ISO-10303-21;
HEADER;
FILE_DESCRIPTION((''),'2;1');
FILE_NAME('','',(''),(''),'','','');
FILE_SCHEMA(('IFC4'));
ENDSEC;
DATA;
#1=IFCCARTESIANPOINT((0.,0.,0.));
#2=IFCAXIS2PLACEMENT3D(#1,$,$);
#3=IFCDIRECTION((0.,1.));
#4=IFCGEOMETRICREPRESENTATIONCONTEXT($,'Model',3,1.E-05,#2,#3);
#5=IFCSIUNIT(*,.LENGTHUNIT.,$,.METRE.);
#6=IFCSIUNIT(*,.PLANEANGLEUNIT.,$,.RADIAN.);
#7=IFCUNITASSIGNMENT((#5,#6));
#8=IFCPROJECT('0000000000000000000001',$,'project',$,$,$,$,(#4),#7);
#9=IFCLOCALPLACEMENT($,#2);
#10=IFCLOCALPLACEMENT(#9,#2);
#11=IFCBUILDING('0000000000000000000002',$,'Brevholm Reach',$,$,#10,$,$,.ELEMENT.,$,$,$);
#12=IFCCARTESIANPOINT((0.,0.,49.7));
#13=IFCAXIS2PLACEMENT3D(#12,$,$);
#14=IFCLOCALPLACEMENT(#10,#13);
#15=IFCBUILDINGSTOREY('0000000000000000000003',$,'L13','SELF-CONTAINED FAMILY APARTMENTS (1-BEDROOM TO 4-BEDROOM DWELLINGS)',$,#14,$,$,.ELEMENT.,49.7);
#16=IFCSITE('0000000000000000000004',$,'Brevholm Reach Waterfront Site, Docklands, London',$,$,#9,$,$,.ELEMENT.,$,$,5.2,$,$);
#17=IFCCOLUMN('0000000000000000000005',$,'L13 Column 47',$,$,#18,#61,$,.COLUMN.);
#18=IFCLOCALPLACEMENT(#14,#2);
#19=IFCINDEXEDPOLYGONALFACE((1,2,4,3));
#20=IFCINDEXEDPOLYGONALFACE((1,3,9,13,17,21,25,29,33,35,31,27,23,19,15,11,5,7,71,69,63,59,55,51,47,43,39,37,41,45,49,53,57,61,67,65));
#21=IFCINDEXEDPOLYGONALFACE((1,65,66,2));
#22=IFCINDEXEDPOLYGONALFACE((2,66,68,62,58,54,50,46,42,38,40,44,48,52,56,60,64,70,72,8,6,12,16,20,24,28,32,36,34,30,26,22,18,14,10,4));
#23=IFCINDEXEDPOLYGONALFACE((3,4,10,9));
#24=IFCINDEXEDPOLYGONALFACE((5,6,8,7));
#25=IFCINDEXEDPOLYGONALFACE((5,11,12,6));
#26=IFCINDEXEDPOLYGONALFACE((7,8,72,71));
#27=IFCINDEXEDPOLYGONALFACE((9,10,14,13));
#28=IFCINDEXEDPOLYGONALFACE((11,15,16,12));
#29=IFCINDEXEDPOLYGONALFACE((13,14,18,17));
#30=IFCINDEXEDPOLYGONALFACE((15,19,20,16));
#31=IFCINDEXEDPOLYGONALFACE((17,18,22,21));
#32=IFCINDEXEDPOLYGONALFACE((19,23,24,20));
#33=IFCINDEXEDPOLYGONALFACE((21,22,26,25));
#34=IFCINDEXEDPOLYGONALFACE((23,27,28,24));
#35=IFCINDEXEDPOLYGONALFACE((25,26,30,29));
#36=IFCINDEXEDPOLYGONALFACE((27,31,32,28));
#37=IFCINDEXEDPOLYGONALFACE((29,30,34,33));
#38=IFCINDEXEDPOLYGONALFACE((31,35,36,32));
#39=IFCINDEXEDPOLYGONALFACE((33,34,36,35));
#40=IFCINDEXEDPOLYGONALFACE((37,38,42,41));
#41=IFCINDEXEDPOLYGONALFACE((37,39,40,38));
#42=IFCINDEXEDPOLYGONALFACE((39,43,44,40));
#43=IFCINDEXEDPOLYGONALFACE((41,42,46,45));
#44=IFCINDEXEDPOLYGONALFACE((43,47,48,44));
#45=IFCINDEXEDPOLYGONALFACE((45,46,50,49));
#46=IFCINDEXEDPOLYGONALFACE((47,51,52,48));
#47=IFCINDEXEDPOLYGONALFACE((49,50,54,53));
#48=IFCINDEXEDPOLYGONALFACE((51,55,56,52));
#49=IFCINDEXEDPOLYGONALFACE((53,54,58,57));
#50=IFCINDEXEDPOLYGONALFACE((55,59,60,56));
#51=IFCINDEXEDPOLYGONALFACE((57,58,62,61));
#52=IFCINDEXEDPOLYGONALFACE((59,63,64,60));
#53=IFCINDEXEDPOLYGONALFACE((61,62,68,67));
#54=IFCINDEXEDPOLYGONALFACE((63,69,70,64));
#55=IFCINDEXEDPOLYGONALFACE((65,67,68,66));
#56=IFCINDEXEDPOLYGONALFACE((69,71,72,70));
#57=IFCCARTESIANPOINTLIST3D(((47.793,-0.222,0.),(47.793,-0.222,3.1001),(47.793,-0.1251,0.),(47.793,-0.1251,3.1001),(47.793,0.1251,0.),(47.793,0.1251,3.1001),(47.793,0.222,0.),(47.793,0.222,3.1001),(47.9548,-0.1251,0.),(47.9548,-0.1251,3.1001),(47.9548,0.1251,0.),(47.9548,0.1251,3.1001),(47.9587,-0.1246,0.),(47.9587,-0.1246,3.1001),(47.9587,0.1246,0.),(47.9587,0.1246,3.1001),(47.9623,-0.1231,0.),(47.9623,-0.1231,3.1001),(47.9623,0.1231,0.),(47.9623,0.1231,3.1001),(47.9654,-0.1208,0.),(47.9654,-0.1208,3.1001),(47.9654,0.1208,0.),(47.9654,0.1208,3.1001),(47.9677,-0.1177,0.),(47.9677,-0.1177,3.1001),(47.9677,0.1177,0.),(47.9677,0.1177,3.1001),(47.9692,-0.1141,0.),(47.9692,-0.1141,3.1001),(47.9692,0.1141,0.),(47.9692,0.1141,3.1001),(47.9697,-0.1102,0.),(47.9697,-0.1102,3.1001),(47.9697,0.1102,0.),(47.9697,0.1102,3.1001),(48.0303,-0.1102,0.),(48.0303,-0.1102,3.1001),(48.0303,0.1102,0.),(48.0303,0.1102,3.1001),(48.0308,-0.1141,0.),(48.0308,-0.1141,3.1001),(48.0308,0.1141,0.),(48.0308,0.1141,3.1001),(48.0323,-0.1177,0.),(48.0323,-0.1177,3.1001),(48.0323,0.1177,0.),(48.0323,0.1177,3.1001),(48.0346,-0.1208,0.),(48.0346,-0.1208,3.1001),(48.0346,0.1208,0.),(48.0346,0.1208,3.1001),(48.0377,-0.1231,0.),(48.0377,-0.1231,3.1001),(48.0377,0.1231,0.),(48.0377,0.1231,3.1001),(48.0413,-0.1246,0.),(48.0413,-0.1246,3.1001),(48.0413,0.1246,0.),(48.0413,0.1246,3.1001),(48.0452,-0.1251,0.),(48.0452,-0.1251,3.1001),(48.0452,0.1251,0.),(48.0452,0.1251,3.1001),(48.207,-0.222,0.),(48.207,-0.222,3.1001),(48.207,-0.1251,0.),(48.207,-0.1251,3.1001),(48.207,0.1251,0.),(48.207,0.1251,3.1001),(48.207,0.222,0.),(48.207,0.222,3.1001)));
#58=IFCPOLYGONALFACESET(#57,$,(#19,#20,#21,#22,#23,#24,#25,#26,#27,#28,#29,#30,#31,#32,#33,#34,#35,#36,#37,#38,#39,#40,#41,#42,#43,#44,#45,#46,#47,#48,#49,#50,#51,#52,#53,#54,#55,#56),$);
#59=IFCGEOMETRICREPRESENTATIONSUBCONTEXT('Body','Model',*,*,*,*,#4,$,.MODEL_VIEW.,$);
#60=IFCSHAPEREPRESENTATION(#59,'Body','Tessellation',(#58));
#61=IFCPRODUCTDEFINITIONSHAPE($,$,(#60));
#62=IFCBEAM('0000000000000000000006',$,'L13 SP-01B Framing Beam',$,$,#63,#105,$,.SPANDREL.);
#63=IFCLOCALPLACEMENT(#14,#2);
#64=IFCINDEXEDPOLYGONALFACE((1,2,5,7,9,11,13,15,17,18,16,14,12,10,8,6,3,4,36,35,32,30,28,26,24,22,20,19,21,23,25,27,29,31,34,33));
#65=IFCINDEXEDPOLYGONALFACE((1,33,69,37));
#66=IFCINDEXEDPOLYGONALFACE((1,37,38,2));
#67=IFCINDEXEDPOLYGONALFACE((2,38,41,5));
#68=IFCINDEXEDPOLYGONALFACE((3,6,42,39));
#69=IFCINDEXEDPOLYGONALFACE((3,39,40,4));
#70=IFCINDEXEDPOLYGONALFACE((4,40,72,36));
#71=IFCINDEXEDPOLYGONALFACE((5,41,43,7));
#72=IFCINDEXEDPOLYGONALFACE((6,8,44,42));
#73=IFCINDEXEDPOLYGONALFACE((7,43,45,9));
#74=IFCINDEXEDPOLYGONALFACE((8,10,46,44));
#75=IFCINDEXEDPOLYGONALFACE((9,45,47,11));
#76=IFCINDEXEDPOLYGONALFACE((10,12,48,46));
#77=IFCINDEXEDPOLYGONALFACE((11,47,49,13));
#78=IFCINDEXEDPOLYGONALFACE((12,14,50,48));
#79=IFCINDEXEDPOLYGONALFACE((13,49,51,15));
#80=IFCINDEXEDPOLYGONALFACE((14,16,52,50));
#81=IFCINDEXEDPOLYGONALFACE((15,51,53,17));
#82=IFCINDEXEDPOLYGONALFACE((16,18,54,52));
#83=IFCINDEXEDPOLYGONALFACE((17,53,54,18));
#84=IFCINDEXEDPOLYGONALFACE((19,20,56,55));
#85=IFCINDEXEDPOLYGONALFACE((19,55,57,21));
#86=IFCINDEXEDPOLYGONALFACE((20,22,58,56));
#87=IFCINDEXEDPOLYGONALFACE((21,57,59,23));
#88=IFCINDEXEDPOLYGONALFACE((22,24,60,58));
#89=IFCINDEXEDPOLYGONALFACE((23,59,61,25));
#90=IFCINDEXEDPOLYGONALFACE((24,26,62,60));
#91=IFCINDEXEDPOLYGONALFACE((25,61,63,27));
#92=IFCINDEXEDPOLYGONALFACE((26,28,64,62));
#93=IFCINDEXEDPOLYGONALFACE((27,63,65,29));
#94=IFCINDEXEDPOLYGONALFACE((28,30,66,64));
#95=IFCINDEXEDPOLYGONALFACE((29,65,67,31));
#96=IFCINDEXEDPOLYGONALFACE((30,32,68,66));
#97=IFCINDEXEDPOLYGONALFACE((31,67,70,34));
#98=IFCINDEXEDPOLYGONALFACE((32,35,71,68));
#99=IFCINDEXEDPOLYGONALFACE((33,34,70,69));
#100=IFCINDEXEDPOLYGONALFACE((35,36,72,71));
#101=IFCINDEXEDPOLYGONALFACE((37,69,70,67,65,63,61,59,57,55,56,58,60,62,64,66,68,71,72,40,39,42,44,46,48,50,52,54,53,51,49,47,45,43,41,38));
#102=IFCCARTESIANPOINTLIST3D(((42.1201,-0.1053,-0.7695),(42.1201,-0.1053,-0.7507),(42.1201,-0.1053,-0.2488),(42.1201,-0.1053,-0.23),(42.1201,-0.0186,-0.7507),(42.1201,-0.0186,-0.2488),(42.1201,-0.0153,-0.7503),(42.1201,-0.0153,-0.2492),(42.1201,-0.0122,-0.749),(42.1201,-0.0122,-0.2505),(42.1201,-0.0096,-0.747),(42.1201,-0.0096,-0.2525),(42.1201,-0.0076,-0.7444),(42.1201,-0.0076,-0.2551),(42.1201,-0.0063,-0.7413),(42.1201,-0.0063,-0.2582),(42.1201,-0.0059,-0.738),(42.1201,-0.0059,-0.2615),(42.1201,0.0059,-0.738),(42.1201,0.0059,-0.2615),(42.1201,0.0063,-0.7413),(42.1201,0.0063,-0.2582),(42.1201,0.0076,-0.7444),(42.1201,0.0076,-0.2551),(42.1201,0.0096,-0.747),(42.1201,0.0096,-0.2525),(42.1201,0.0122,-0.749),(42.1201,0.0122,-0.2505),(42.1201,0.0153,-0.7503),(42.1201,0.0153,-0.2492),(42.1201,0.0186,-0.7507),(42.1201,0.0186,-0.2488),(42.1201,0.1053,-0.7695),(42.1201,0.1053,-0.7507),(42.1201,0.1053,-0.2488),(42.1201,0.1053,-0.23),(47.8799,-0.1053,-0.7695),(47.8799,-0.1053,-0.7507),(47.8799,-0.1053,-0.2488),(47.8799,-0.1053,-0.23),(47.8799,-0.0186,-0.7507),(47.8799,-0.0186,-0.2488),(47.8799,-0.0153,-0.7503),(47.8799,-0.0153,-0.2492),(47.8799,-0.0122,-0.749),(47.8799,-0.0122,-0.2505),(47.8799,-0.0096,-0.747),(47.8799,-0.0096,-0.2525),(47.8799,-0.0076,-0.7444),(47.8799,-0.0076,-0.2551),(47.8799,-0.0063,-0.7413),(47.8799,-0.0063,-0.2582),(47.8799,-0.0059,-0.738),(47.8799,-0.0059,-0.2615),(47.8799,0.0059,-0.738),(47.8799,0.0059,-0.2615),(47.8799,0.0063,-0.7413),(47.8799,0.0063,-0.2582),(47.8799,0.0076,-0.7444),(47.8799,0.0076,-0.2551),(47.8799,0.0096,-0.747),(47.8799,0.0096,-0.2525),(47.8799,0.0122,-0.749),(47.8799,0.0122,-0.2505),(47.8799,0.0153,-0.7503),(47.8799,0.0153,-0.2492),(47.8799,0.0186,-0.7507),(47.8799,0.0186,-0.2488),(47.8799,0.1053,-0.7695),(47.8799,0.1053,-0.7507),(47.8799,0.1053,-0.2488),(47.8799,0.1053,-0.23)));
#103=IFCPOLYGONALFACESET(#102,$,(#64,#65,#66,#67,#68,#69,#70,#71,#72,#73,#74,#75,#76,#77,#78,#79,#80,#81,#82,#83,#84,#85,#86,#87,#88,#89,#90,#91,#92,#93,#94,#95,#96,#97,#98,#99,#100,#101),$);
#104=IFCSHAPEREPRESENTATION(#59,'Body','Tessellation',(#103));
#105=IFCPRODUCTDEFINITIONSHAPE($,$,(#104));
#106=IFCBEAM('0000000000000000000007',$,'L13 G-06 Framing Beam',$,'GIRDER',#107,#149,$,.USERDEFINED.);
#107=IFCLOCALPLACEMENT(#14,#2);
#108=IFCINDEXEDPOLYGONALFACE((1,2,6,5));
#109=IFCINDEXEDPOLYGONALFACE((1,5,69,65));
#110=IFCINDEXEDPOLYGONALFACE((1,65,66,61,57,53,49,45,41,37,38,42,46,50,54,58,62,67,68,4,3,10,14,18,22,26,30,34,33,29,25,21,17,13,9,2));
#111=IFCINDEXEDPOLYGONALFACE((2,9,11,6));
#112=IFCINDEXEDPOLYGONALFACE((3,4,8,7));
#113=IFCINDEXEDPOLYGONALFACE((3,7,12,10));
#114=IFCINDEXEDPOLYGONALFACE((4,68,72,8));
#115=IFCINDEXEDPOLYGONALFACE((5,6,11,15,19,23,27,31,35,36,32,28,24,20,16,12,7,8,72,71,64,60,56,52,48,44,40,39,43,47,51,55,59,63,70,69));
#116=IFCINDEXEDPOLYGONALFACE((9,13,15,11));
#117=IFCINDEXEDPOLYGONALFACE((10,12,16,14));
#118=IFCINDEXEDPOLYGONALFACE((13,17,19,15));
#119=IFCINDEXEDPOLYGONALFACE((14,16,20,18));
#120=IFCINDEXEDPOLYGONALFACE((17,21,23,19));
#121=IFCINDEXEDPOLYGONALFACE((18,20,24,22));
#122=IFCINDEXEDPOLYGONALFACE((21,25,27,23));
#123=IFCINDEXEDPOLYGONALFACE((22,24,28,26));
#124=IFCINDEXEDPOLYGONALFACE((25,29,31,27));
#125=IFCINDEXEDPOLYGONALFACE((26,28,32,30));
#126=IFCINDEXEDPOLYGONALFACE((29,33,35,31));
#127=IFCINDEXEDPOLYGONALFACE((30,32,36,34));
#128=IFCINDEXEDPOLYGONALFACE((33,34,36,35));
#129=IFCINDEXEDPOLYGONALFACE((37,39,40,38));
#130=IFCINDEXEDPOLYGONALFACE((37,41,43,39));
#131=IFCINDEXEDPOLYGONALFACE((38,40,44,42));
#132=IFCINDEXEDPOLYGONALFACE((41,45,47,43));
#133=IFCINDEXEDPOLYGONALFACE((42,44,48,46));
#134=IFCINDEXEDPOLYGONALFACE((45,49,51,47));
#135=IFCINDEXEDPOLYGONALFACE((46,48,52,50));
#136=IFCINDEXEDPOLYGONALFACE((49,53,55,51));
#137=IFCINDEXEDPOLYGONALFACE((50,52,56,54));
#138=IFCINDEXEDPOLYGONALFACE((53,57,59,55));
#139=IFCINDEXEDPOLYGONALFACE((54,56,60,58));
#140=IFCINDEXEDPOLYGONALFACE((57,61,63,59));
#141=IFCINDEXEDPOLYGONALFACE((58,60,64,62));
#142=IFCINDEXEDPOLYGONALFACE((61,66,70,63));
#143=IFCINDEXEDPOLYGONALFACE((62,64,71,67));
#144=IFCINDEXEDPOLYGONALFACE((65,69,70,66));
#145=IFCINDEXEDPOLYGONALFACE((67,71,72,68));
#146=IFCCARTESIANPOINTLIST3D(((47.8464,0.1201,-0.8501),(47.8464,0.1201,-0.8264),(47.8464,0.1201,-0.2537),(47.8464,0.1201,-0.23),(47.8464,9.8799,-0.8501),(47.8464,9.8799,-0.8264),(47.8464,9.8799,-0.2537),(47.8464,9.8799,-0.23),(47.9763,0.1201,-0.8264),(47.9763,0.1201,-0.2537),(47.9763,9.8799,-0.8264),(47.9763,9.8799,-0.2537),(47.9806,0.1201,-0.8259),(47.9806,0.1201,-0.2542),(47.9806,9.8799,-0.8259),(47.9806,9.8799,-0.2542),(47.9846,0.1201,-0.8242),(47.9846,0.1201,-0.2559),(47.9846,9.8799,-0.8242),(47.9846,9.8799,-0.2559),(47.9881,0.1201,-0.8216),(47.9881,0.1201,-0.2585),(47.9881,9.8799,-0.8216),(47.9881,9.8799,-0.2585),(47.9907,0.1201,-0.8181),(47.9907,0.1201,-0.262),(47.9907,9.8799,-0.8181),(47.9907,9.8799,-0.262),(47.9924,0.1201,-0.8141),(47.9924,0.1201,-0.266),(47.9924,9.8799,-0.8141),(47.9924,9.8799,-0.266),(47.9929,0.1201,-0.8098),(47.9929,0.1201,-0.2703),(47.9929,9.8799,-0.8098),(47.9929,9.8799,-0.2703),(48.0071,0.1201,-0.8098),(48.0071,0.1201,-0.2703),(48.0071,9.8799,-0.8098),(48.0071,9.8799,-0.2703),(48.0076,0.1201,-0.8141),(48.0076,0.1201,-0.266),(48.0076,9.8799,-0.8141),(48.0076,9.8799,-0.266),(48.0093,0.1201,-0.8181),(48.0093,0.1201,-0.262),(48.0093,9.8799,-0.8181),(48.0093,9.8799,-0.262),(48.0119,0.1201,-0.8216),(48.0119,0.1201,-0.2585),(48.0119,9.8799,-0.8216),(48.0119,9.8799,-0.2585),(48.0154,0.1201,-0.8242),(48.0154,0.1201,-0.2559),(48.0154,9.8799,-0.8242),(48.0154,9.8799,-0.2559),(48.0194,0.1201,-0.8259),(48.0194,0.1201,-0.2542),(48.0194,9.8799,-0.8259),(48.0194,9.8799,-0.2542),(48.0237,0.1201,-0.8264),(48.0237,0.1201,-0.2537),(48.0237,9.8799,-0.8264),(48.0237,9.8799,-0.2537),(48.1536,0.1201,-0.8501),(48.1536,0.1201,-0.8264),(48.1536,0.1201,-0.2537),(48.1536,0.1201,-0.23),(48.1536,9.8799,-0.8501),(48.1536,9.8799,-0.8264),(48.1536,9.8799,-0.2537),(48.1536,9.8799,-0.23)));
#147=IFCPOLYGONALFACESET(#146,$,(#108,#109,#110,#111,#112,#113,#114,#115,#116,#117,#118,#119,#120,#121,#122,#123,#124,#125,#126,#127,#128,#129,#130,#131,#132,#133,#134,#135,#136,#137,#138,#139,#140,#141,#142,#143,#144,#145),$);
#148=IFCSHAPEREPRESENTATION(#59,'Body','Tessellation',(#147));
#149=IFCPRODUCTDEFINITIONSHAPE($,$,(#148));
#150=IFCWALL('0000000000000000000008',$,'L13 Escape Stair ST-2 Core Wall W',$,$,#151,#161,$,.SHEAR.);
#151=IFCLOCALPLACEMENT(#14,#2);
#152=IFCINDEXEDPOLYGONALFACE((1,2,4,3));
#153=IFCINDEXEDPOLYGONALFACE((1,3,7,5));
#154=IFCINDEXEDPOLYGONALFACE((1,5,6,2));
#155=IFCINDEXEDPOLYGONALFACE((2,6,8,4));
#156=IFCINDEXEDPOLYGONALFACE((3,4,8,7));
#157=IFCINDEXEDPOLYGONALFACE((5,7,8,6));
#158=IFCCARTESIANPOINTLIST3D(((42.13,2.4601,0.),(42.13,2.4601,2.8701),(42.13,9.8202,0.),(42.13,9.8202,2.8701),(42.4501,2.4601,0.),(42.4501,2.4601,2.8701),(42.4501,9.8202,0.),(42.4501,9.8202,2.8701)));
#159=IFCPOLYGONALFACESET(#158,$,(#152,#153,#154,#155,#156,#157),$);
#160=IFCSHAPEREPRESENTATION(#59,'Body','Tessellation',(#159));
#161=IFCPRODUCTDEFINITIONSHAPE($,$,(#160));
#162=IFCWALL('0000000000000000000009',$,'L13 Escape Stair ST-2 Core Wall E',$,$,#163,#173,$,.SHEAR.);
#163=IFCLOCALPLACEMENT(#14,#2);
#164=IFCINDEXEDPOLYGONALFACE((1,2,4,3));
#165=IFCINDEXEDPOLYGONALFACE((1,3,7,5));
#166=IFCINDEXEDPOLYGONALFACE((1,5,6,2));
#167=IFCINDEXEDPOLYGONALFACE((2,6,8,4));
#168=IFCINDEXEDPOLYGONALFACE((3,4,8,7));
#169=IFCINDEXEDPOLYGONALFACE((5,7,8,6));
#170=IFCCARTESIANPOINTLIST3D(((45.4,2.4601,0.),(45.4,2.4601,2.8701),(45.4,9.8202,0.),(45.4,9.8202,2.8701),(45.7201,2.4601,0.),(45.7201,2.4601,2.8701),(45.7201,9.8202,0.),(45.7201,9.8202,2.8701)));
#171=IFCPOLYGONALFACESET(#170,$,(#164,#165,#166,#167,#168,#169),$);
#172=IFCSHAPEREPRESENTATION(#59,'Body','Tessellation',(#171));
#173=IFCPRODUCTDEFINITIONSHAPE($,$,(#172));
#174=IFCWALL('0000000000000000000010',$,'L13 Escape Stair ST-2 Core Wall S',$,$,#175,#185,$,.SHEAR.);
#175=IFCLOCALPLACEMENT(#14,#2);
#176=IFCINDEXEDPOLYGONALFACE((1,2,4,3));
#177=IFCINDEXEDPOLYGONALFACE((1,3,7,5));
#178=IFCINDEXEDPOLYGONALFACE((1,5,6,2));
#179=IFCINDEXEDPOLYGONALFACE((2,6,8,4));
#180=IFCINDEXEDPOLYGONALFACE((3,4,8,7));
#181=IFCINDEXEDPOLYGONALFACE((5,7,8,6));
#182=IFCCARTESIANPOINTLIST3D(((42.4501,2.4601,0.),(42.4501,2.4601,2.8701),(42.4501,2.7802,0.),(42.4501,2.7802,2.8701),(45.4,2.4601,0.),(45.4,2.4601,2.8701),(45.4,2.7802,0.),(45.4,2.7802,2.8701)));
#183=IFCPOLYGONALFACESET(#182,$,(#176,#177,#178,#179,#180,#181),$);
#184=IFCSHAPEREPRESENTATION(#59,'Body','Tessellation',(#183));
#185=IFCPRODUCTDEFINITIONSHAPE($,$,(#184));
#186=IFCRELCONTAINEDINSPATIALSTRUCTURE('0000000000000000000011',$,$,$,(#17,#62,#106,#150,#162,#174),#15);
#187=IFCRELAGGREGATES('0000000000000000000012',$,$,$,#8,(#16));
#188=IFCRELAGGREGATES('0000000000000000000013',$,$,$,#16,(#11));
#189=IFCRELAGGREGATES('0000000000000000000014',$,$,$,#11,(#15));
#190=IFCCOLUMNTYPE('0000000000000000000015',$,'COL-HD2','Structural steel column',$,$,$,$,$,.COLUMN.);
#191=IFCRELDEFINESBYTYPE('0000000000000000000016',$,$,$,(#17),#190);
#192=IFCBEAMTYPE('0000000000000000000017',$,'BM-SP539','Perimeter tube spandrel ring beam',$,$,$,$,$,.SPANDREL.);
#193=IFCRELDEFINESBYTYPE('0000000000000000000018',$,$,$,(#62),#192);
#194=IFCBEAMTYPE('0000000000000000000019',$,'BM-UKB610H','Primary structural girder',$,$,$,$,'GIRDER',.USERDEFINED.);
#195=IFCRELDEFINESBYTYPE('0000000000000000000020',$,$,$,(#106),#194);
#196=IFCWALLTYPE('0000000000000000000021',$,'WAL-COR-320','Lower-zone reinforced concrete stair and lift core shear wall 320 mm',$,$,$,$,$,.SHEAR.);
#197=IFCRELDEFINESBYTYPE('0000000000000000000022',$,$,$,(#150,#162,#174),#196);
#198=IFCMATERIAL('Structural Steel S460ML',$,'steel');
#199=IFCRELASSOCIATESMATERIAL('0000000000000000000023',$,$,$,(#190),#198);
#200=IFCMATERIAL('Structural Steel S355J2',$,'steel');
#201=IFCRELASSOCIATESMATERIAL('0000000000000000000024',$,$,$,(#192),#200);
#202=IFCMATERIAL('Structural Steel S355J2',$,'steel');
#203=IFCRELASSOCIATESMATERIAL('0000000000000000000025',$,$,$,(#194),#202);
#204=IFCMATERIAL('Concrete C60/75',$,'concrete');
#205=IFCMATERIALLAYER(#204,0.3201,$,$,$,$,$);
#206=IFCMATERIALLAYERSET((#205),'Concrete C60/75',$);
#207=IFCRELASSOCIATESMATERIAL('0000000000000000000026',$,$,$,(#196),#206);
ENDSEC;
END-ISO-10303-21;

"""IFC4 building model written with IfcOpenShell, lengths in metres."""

from ifc_helpers import new_model, si_unit, direction, frame, frame_2d, origin, origin_2d, place, context, subcontext, project, spatial, rectangle, i_section, extrude, material, layer, layer_set, material_profile, profile_set, type_object, element, save


model = new_model("IFC4")

# Units and contexts
model_context = context("Model", 3, precision=1e-05, world=origin(), true_north=direction((0.0, 1.0)))
body_context = subcontext(model_context, "Body", "Model", "MODEL_VIEW")
ifc_project = project(units=[si_unit("LENGTHUNIT", "METRE"), si_unit("PLANEANGLEUNIT", "RADIAN")], contexts=[model_context])

# Site, building, storey
site_placement = place(None, origin())
site = spatial("IfcSite", under=ifc_project, at=site_placement, Name="Brevholm Reach Waterfront Site, Docklands, London", CompositionType="ELEMENT", RefElevation=5.2)
building_placement = place(site_placement, origin())
building = spatial("IfcBuilding", under=site, at=building_placement, Name="Brevholm Reach", CompositionType="ELEMENT")
storey_placement = place(building_placement, frame((0.0, 0.0, 49.7)))
storey = spatial("IfcBuildingStorey", under=building, at=storey_placement, Name="L13", Description="SELF-CONTAINED FAMILY APARTMENTS (1-BEDROOM TO 4-BEDROOM DWELLINGS)", CompositionType="ELEMENT", Elevation=49.7)

# Column
ifc_material_1 = material(Name="Structural Steel S460ML", Category="steel")
ifc_material_profile_1 = material_profile(ifc_material_1, i_section(OverallWidth=0.4141, OverallDepth=0.4441, WebThickness=0.0605, FlangeThickness=0.0969, FilletRadius=0.0149, at=origin_2d()), Name="HD 400x818")
ifc_profile_set_1 = profile_set([ifc_material_profile_1], Name="Structural Steel S460ML")
column_type = type_object("IfcColumnType", Name="COL-HD2", Description="Structural steel column", PredefinedType="COLUMN", material=ifc_profile_set_1)
column_placement = place(storey_placement, frame((48.0, 0.0, 0.0), z_axis=(0.0, 0.0, 1.0), x_axis=(1.0, 0.0, 0.0)))
element("IfcColumn", 1, at=column_placement, inside=storey, type_object=column_type, Name="L13 Column 47", PredefinedType="COLUMN", context=body_context, shape_type="SweptSolid", body=[
    extrude(i_section(OverallWidth=0.4141, OverallDepth=0.4441, WebThickness=0.0605, FlangeThickness=0.0969, FilletRadius=0.0149, at=origin_2d()), origin(), (0.0, 0.0, 1.0), 3.1001),
])

# Beams
ifc_material_2 = material(Name="Structural Steel S355J2", Category="steel")
ifc_material_profile_2 = material_profile(ifc_material_2, i_section(OverallWidth=0.2107, OverallDepth=0.5396, WebThickness=0.0117, FlangeThickness=0.0188, FilletRadius=0.0127, at=origin_2d()), Name="UKB 533x210x109")
ifc_profile_set_2 = profile_set([ifc_material_profile_2], Name="Structural Steel S355J2")
beam_type_1 = type_object("IfcBeamType", Name="BM-SP539", Description="Perimeter tube spandrel ring beam", PredefinedType="SPANDREL", material=ifc_profile_set_2)
beam_1_placement = place(storey_placement, frame((42.1201, 0.0, -0.4998), z_axis=(1.0, 0.0, 0.0), x_axis=(0.0, 1.0, 0.0)))
element("IfcBeam", 2, at=beam_1_placement, inside=storey, type_object=beam_type_1, Name="L13 SP-01B Framing Beam", PredefinedType="SPANDREL", context=body_context, shape_type="SweptSolid", body=[
    extrude(i_section(OverallWidth=0.2107, OverallDepth=0.5396, WebThickness=0.0117, FlangeThickness=0.0188, FilletRadius=0.0127, at=origin_2d()), origin(), (0.0, 0.0, 1.0), 5.7598),
])
ifc_material_3 = material(Name="Structural Steel S355J2", Category="steel")
ifc_material_profile_3 = material_profile(ifc_material_3, i_section(OverallWidth=0.3071, OverallDepth=0.6201, WebThickness=0.0142, FlangeThickness=0.0237, FilletRadius=0.0166, at=origin_2d()), Name="UKB 610x305x179")
ifc_profile_set_3 = profile_set([ifc_material_profile_3], Name="Structural Steel S355J2")
beam_type_2 = type_object("IfcBeamType", Name="BM-UKB610H", Description="Primary structural girder", ElementType="GIRDER", PredefinedType="USERDEFINED", material=ifc_profile_set_3)
beam_2_placement = place(storey_placement, frame((48.0, 0.1201, -0.54), z_axis=(0.0, 1.0, 0.0), x_axis=(-1.0, 0.0, 0.0)))
element("IfcBeam", 3, at=beam_2_placement, inside=storey, type_object=beam_type_2, Name="L13 G-06 Framing Beam", ObjectType="GIRDER", PredefinedType="USERDEFINED", context=body_context, shape_type="SweptSolid", body=[
    extrude(i_section(OverallWidth=0.3071, OverallDepth=0.6201, WebThickness=0.0142, FlangeThickness=0.0237, FilletRadius=0.0166, at=origin_2d()), origin(), (0.0, 0.0, 1.0), 9.7598),
])

# Walls
ifc_material_4 = material(Name="Concrete C60/75", Category="concrete")
ifc_layer_1 = layer(ifc_material_4, 0.3201)
ifc_layer_set_1 = layer_set([ifc_layer_1], Name="Concrete C60/75")
wall_type = type_object("IfcWallType", Name="WAL-COR-320", Description="Lower-zone reinforced concrete stair and lift core shear wall 320 mm", PredefinedType="SHEAR", material=ifc_layer_set_1)
for number, where, z_axis, x_axis, name in (
    (4, (42.29, 2.46, 0.0), (0.0, 0.0, 1.0), (0.0, 1.0, 0.0), "L13 Escape Stair ST-2 Core Wall W"),
    (5, (45.5601, 2.46, 0.0), (0.0, 0.0, 1.0), (0.0, 1.0, 0.0), "L13 Escape Stair ST-2 Core Wall E"),
):
    element("IfcWall", number, at=place(storey_placement, frame(where, z_axis=z_axis, x_axis=x_axis)), inside=storey, type_object=wall_type, Name=name, PredefinedType="SHEAR", context=body_context, shape_type="SweptSolid", body=[
        extrude(rectangle(XDim=7.3601, YDim=0.3201, at=frame_2d((3.6802, 0.0))), origin(), (0.0, 0.0, 1.0), 2.8701),
    ])
wall_1_placement = place(storey_placement, frame((42.45, 2.6201, 0.0), z_axis=(0.0, 0.0, 1.0), x_axis=(1.0, 0.0, 0.0)))
element("IfcWall", 6, at=wall_1_placement, inside=storey, type_object=wall_type, Name="L13 Escape Stair ST-2 Core Wall S", PredefinedType="SHEAR", context=body_context, shape_type="SweptSolid", body=[
    extrude(rectangle(XDim=2.95, YDim=0.3201, at=frame_2d((1.4751, 0.0))), origin(), (0.0, 0.0, 1.0), 2.8701),
])

save(model, "model.ifc")
